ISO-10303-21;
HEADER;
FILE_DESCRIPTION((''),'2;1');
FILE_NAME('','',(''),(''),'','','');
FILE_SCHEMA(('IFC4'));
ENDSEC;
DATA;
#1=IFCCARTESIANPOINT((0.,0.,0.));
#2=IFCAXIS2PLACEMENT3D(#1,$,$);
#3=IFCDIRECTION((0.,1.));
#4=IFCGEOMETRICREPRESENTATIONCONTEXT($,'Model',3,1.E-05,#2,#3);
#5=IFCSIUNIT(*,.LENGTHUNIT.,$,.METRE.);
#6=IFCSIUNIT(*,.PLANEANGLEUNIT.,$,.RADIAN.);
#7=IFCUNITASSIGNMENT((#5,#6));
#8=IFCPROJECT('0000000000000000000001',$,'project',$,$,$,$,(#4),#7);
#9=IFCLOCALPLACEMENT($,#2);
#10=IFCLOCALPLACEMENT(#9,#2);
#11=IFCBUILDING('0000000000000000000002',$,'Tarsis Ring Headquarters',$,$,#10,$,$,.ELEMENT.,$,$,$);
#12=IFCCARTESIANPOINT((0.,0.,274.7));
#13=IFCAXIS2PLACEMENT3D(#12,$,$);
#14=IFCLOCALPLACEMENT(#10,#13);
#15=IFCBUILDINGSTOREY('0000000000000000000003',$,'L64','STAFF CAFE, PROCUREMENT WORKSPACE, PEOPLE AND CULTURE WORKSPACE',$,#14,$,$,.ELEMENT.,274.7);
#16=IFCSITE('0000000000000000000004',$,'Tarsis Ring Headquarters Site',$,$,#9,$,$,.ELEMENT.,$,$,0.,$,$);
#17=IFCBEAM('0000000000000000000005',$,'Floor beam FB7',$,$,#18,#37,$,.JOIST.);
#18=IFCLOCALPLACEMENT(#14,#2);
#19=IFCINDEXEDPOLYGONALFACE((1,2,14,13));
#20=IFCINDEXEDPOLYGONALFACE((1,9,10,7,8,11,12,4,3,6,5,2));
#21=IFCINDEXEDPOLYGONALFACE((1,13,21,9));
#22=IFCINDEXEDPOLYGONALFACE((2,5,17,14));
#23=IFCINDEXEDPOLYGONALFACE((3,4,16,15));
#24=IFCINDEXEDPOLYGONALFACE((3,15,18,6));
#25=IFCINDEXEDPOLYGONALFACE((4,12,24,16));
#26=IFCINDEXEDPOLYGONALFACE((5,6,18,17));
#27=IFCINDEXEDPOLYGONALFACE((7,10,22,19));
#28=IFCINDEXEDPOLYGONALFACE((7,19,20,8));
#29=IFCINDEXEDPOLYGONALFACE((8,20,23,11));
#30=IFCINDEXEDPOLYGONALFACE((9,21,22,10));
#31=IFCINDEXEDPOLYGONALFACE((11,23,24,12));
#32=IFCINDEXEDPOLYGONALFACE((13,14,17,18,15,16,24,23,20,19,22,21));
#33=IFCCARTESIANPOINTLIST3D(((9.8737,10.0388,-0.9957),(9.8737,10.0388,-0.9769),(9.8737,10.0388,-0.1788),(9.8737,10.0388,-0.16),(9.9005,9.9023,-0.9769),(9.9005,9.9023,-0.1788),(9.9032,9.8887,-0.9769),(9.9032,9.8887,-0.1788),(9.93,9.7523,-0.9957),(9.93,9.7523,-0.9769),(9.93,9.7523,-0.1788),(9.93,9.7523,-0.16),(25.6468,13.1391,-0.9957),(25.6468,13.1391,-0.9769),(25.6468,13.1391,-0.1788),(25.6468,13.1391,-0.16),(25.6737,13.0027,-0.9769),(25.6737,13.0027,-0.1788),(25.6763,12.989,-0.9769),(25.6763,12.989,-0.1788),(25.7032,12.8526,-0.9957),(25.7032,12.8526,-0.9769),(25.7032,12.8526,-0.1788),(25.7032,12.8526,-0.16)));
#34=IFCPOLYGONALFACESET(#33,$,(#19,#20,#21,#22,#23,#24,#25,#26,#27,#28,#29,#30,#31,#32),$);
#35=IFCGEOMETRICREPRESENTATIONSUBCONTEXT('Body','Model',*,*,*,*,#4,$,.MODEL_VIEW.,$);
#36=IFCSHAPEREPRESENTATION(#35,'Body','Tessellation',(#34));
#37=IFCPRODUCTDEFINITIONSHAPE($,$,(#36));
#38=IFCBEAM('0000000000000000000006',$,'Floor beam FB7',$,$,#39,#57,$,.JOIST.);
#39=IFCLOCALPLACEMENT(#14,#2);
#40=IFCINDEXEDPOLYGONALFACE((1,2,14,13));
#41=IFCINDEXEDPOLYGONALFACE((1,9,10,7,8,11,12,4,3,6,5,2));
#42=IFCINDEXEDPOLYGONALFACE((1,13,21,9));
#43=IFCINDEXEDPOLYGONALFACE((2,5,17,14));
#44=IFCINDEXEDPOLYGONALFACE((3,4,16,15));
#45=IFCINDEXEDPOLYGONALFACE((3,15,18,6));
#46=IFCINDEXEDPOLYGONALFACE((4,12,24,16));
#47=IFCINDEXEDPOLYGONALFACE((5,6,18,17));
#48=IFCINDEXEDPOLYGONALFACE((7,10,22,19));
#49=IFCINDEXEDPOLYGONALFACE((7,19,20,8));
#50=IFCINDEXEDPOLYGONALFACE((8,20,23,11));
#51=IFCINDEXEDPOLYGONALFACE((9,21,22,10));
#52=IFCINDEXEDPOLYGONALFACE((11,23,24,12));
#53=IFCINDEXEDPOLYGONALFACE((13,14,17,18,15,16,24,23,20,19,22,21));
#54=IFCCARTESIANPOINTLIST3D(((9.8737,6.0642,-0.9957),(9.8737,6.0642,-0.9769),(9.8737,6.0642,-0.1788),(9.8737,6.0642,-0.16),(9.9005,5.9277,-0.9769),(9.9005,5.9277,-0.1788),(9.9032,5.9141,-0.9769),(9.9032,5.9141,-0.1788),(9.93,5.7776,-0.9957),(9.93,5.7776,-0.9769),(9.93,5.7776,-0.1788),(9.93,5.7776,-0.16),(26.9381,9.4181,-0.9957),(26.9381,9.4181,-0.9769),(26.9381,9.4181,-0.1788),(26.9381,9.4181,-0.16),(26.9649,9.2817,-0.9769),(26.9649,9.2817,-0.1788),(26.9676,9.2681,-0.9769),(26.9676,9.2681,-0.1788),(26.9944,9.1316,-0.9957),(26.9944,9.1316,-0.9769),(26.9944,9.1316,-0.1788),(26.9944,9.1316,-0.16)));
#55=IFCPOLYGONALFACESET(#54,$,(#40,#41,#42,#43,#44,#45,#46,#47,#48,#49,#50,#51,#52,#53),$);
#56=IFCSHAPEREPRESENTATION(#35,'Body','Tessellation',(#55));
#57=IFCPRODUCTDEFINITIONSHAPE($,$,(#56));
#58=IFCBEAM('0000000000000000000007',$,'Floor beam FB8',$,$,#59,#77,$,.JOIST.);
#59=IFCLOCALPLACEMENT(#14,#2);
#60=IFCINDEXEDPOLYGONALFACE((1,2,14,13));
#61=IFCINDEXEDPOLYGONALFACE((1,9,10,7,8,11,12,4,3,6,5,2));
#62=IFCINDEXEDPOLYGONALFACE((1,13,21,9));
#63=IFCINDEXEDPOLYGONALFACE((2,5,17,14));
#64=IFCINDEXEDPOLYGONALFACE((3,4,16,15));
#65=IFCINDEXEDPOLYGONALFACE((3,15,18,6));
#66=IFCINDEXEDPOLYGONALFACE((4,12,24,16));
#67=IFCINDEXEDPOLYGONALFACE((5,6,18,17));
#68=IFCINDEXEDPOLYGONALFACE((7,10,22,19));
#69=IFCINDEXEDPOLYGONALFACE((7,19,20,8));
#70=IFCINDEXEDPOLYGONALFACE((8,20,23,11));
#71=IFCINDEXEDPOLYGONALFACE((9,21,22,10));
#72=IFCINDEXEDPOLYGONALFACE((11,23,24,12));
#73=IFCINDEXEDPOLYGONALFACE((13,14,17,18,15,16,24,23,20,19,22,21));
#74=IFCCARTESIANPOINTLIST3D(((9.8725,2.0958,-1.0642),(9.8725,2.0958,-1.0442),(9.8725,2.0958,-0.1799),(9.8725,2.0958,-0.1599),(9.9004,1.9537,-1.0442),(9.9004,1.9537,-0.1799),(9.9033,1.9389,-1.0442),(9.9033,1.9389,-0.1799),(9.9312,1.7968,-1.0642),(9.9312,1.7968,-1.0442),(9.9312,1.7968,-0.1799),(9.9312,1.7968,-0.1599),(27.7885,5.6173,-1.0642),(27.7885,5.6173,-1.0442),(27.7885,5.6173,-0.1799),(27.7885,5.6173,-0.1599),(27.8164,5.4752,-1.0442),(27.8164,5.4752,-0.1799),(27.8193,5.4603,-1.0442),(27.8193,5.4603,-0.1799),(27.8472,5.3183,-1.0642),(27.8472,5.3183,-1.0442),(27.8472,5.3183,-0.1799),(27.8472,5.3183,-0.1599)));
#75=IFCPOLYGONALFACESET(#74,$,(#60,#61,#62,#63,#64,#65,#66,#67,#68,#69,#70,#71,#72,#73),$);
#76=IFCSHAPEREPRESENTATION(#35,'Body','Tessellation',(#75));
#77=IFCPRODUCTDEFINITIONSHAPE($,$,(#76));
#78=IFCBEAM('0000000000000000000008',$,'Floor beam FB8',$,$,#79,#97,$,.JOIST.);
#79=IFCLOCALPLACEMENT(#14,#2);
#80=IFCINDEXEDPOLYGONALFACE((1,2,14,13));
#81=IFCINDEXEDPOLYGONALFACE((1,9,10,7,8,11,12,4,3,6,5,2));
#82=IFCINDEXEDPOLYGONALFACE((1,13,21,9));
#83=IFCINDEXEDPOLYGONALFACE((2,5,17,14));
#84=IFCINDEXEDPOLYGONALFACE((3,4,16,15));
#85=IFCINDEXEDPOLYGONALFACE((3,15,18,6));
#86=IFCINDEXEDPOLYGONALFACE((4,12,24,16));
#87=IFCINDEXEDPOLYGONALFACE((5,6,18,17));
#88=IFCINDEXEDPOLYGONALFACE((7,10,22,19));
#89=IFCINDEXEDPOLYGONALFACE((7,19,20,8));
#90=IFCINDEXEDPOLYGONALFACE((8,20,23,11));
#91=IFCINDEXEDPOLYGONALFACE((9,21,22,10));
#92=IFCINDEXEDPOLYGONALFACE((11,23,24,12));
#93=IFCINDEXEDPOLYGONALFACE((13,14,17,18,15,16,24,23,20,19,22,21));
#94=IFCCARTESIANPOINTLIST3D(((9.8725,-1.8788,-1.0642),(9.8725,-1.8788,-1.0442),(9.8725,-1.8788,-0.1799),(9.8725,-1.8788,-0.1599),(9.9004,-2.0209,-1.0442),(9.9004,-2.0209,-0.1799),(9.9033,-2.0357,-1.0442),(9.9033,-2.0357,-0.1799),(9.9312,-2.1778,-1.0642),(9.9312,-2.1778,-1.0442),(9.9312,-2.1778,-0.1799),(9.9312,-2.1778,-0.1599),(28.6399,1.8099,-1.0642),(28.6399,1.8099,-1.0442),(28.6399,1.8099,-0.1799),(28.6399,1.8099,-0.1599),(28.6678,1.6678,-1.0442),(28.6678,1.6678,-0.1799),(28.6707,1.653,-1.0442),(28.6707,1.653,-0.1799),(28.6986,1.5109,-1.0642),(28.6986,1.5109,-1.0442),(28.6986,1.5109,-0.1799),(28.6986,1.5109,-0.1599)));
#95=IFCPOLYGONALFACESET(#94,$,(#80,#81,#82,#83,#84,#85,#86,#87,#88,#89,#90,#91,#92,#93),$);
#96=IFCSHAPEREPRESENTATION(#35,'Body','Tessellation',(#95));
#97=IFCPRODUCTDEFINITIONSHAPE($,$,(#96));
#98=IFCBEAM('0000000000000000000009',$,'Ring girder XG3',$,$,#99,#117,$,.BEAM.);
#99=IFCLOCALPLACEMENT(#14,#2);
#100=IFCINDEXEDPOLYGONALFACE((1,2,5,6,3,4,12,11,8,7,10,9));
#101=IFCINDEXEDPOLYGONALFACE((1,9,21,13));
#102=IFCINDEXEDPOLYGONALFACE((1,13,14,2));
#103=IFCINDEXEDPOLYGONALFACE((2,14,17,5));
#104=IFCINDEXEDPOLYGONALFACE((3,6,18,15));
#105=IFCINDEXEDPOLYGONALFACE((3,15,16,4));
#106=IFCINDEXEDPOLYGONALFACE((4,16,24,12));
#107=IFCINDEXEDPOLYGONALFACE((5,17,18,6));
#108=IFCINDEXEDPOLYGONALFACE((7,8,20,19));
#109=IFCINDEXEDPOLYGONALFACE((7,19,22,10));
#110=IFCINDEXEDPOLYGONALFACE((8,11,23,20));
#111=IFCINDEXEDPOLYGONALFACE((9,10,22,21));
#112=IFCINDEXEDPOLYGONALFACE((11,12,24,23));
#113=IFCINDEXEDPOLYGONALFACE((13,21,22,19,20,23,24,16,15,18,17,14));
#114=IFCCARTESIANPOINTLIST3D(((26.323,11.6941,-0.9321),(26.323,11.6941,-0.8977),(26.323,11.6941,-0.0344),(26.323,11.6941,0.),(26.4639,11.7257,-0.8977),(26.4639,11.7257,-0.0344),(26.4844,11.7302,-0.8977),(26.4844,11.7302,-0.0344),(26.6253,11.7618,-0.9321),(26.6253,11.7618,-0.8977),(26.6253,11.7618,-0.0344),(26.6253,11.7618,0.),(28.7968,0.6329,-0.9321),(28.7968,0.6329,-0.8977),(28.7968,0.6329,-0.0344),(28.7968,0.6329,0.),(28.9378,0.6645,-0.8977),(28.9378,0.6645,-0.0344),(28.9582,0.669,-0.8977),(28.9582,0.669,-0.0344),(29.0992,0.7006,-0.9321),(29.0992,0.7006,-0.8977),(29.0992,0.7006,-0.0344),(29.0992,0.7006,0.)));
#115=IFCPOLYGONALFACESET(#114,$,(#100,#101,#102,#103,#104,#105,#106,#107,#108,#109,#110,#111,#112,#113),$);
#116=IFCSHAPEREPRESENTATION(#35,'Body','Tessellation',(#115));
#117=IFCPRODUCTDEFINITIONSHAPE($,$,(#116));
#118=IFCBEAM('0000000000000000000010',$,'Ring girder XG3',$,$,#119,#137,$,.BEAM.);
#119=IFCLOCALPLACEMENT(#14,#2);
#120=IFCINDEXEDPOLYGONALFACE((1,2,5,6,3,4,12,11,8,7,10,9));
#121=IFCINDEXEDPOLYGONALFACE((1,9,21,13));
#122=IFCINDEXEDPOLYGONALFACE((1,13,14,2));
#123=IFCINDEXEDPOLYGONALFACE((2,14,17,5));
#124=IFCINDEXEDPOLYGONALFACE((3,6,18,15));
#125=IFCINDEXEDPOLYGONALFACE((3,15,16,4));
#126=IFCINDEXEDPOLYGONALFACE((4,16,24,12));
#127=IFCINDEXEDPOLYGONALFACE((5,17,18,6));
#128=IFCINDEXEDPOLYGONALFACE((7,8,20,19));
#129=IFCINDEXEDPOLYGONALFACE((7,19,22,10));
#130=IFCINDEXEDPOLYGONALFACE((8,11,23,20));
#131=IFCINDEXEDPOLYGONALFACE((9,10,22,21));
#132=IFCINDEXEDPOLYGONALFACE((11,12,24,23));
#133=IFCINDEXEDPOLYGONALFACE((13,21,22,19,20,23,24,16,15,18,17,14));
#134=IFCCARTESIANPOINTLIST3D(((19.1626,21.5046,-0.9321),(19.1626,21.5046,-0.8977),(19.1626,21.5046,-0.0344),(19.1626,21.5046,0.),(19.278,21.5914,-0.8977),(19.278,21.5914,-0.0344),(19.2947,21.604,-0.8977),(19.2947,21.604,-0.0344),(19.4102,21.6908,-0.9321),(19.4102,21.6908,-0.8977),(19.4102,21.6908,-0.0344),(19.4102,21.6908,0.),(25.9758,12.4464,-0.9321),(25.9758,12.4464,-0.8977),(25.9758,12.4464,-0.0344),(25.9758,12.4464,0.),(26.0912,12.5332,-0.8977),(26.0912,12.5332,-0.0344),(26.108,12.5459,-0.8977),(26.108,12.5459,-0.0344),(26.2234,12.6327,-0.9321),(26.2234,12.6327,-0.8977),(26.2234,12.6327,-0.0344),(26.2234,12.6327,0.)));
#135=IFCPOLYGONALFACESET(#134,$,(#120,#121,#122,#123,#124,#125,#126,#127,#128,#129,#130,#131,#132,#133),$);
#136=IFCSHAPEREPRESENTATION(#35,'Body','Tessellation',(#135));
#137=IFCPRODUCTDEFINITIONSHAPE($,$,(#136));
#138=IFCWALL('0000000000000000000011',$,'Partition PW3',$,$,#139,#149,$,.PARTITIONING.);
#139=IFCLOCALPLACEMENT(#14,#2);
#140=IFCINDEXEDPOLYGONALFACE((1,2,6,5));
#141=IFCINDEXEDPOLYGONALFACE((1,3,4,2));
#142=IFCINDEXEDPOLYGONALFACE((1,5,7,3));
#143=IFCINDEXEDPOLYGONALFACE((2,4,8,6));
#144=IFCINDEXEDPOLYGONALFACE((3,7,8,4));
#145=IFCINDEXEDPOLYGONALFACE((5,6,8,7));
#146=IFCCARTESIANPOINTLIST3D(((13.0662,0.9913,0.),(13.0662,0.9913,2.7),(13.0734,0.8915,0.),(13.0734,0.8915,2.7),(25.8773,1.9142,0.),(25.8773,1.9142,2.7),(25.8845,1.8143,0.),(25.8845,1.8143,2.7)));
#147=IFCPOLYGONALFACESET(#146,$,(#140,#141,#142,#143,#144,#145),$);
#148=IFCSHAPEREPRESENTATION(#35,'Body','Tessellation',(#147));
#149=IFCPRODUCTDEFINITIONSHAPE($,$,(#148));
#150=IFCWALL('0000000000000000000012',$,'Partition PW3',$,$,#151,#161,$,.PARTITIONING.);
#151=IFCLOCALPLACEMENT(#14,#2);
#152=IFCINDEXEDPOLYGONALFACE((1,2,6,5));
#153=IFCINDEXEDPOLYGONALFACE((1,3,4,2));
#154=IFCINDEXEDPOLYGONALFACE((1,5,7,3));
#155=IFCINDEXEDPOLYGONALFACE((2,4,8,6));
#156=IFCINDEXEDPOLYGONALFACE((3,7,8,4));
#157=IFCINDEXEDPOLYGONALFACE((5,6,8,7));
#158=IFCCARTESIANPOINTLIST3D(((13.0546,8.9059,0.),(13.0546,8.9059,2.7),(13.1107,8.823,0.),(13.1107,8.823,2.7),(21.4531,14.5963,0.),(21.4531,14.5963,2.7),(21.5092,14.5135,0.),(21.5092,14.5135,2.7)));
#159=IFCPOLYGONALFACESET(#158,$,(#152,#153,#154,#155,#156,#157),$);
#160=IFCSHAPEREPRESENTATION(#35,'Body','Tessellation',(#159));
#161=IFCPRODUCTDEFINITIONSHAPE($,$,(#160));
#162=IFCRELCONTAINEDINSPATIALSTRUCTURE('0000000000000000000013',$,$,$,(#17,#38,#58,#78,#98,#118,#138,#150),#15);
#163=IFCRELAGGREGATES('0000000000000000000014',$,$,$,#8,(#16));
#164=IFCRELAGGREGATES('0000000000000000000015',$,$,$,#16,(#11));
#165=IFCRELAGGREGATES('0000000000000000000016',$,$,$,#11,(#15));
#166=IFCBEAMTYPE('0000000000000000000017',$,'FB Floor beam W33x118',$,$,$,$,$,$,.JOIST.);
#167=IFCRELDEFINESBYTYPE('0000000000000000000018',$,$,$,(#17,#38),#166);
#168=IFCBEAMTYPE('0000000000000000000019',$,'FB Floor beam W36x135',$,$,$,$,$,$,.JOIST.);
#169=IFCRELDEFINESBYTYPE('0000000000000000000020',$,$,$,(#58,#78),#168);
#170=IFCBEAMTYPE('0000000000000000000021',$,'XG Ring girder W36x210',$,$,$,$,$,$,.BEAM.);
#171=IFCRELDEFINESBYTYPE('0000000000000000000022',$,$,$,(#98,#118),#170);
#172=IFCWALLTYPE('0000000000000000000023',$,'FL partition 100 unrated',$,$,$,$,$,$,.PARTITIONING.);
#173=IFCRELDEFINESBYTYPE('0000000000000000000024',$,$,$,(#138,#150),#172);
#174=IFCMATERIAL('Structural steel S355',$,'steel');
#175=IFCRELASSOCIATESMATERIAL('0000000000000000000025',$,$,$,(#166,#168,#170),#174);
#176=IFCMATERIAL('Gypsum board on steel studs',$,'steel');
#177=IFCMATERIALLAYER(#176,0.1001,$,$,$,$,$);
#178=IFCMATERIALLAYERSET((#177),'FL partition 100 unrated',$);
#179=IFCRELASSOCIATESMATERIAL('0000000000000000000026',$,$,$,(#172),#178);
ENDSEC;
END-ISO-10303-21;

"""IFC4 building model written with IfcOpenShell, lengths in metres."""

from ifc_helpers import new_model, si_unit, direction, frame, frame_2d, origin, origin_2d, place, context, subcontext, project, spatial, rectangle, i_section, extrude, material, layer, layer_set, material_profile, profile_set, type_object, element, save


model = new_model("IFC4")

# Units and contexts
model_context = context("Model", 3, precision=1e-05, world=origin(), true_north=direction((0.0, 1.0)))
body_context = subcontext(model_context, "Body", "Model", "MODEL_VIEW")
ifc_project = project(units=[si_unit("LENGTHUNIT", "METRE"), si_unit("PLANEANGLEUNIT", "RADIAN")], contexts=[model_context])

# Site, building, storey
site_placement = place(None, origin())
site = spatial("IfcSite", under=ifc_project, at=site_placement, Name="Tarsis Ring Headquarters Site", CompositionType="ELEMENT", RefElevation=0.0)
building_placement = place(site_placement, origin())
building = spatial("IfcBuilding", under=site, at=building_placement, Name="Tarsis Ring Headquarters", CompositionType="ELEMENT")
storey_placement = place(building_placement, frame((0.0, 0.0, 274.7)))
storey = spatial("IfcBuildingStorey", under=building, at=storey_placement, Name="L64", Description="STAFF CAFE, PROCUREMENT WORKSPACE, PEOPLE AND CULTURE WORKSPACE", CompositionType="ELEMENT", Elevation=274.7)

# Shared definitions
ifc_material_1 = material(Name="Structural steel S355", Category="steel")

# Beams
ifc_material_profile_1 = material_profile(ifc_material_1, i_section(OverallWidth=0.292, OverallDepth=0.8357, WebThickness=0.0139, FlangeThickness=0.0188, at=origin_2d()), Name="W33x118")
ifc_profile_set_1 = profile_set([ifc_material_profile_1], Name="Structural steel S355")
beam_type_1 = type_object("IfcBeamType", Name="FB Floor beam W33x118", PredefinedType="JOIST", material=ifc_profile_set_1)
beam_1_placement = place(storey_placement, frame((9.9019, 9.8955, -0.5779), z_axis=(0.981225, 0.192867, 0.0), x_axis=(-0.192867, 0.981225, 0.0)))
element("IfcBeam", 1, at=beam_1_placement, inside=storey, type_object=beam_type_1, Name="Floor beam FB7", PredefinedType="JOIST", context=body_context, shape_type="SweptSolid", body=[
    extrude(i_section(OverallWidth=0.292, OverallDepth=0.8357, WebThickness=0.0139, FlangeThickness=0.0188, at=origin_2d()), origin(), (0.0, 0.0, 1.0), 16.075),
])
beam_2_placement = place(storey_placement, frame((9.9019, 5.9209, -0.5779), z_axis=(0.981226, 0.192859, 0.0), x_axis=(-0.192859, 0.981226, 0.0)))
element("IfcBeam", 2, at=beam_2_placement, inside=storey, type_object=beam_type_1, Name="Floor beam FB7", PredefinedType="JOIST", context=body_context, shape_type="SweptSolid", body=[
    extrude(i_section(OverallWidth=0.292, OverallDepth=0.8357, WebThickness=0.0139, FlangeThickness=0.0188, at=origin_2d()), origin(), (0.0, 0.0, 1.0), 17.3909),
])
ifc_material_profile_2 = material_profile(ifc_material_1, i_section(OverallWidth=0.3047, OverallDepth=0.9043, WebThickness=0.0151, FlangeThickness=0.02, at=origin_2d()), Name="W36x135")
ifc_profile_set_2 = profile_set([ifc_material_profile_2], Name="Structural steel S355")
beam_type_2 = type_object("IfcBeamType", Name="FB Floor beam W36x135", PredefinedType="JOIST", material=ifc_profile_set_2)
beam_3_placement = place(storey_placement, frame((9.9019, 1.9463, -0.6121), z_axis=(0.981225, 0.192865, 0.0), x_axis=(-0.192865, 0.981225, 0.0)))
element("IfcBeam", 3, at=beam_3_placement, inside=storey, type_object=beam_type_2, Name="Floor beam FB8", PredefinedType="JOIST", context=body_context, shape_type="SweptSolid", body=[
    extrude(i_section(OverallWidth=0.3047, OverallDepth=0.9043, WebThickness=0.0151, FlangeThickness=0.02, at=origin_2d()), origin(), (0.0, 0.0, 1.0), 18.2588),
])
beam_4_placement = place(storey_placement, frame((9.9019, -2.0283, -0.6121), z_axis=(0.981226, 0.19286, 0.0), x_axis=(-0.19286, 0.981226, 0.0)))
element("IfcBeam", 4, at=beam_4_placement, inside=storey, type_object=beam_type_2, Name="Floor beam FB8", PredefinedType="JOIST", context=body_context, shape_type="SweptSolid", body=[
    extrude(i_section(OverallWidth=0.3047, OverallDepth=0.9043, WebThickness=0.0151, FlangeThickness=0.02, at=origin_2d()), origin(), (0.0, 0.0, 1.0), 19.1265),
])
ifc_material_profile_3 = material_profile(ifc_material_1, i_section(OverallWidth=0.3098, OverallDepth=0.9321, WebThickness=0.021, FlangeThickness=0.0344, at=origin_2d()), Name="W36x210")
ifc_profile_set_3 = profile_set([ifc_material_profile_3], Name="Structural steel S355")
beam_type_3 = type_object("IfcBeamType", Name="XG Ring girder W36x210", PredefinedType="BEAM", material=ifc_profile_set_3)
for number, where, z_axis, x_axis, name in (
    (5, (28.948, 0.6667, -0.4661), (-0.21826, 0.975891, 0.0), (-0.975891, -0.21826, 0.0), "Ring girder XG3"),
    (6, (26.0996, 12.5396, -0.4661), (-0.601109, 0.799167, 0.0), (-0.799167, -0.601109, 0.0), "Ring girder XG3"),
):
    element("IfcBeam", number, at=place(storey_placement, frame(where, z_axis=z_axis, x_axis=x_axis)), inside=storey, type_object=beam_type_3, Name=name, PredefinedType="BEAM", context=body_context, shape_type="SweptSolid", body=[
        extrude(i_section(OverallWidth=0.3098, OverallDepth=0.9321, WebThickness=0.021, FlangeThickness=0.0344, at=origin_2d()), origin(), (0.0, 0.0, 1.0), 11.3345),
    ])

# Walls
ifc_material_2 = material(Name="Gypsum board on steel studs", Category="steel")
ifc_layer_1 = layer(ifc_material_2, 0.1001)
ifc_layer_set_1 = layer_set([ifc_layer_1], Name="FL partition 100 unrated")
wall_type_1 = type_object("IfcWallType", Name="FL partition 100 unrated", PredefinedType="PARTITIONING", material=ifc_layer_set_1)
wall_1_placement = place(storey_placement, frame((13.0698, 0.9414, 0.0), z_axis=(0.0, 0.0, 1.0), x_axis=(0.997415, 0.071849, 0.0)))
element("IfcWall", 7, at=wall_1_placement, inside=storey, type_object=wall_type_1, Name="Partition PW3", PredefinedType="PARTITIONING", context=body_context, shape_type="SweptSolid", body=[
    extrude(rectangle(XDim=12.8442, YDim=0.1001, at=frame_2d((6.4221, 0.0))), origin(), (0.0, 0.0, 1.0), 2.7),
])
wall_2_placement = place(storey_placement, frame((13.0828, 8.8645, 0.0), z_axis=(0.0, 0.0, 1.0), x_axis=(0.827865, 0.560927, 0.0)))
element("IfcWall", 8, at=wall_2_placement, inside=storey, type_object=wall_type_1, Name="Partition PW3", PredefinedType="PARTITIONING", context=body_context, shape_type="SweptSolid", body=[
    extrude(rectangle(XDim=10.1448, YDim=0.1001, at=frame_2d((5.0723, 0.0))), origin(), (0.0, 0.0, 1.0), 2.7),
])

save(model, "model.ifc")
